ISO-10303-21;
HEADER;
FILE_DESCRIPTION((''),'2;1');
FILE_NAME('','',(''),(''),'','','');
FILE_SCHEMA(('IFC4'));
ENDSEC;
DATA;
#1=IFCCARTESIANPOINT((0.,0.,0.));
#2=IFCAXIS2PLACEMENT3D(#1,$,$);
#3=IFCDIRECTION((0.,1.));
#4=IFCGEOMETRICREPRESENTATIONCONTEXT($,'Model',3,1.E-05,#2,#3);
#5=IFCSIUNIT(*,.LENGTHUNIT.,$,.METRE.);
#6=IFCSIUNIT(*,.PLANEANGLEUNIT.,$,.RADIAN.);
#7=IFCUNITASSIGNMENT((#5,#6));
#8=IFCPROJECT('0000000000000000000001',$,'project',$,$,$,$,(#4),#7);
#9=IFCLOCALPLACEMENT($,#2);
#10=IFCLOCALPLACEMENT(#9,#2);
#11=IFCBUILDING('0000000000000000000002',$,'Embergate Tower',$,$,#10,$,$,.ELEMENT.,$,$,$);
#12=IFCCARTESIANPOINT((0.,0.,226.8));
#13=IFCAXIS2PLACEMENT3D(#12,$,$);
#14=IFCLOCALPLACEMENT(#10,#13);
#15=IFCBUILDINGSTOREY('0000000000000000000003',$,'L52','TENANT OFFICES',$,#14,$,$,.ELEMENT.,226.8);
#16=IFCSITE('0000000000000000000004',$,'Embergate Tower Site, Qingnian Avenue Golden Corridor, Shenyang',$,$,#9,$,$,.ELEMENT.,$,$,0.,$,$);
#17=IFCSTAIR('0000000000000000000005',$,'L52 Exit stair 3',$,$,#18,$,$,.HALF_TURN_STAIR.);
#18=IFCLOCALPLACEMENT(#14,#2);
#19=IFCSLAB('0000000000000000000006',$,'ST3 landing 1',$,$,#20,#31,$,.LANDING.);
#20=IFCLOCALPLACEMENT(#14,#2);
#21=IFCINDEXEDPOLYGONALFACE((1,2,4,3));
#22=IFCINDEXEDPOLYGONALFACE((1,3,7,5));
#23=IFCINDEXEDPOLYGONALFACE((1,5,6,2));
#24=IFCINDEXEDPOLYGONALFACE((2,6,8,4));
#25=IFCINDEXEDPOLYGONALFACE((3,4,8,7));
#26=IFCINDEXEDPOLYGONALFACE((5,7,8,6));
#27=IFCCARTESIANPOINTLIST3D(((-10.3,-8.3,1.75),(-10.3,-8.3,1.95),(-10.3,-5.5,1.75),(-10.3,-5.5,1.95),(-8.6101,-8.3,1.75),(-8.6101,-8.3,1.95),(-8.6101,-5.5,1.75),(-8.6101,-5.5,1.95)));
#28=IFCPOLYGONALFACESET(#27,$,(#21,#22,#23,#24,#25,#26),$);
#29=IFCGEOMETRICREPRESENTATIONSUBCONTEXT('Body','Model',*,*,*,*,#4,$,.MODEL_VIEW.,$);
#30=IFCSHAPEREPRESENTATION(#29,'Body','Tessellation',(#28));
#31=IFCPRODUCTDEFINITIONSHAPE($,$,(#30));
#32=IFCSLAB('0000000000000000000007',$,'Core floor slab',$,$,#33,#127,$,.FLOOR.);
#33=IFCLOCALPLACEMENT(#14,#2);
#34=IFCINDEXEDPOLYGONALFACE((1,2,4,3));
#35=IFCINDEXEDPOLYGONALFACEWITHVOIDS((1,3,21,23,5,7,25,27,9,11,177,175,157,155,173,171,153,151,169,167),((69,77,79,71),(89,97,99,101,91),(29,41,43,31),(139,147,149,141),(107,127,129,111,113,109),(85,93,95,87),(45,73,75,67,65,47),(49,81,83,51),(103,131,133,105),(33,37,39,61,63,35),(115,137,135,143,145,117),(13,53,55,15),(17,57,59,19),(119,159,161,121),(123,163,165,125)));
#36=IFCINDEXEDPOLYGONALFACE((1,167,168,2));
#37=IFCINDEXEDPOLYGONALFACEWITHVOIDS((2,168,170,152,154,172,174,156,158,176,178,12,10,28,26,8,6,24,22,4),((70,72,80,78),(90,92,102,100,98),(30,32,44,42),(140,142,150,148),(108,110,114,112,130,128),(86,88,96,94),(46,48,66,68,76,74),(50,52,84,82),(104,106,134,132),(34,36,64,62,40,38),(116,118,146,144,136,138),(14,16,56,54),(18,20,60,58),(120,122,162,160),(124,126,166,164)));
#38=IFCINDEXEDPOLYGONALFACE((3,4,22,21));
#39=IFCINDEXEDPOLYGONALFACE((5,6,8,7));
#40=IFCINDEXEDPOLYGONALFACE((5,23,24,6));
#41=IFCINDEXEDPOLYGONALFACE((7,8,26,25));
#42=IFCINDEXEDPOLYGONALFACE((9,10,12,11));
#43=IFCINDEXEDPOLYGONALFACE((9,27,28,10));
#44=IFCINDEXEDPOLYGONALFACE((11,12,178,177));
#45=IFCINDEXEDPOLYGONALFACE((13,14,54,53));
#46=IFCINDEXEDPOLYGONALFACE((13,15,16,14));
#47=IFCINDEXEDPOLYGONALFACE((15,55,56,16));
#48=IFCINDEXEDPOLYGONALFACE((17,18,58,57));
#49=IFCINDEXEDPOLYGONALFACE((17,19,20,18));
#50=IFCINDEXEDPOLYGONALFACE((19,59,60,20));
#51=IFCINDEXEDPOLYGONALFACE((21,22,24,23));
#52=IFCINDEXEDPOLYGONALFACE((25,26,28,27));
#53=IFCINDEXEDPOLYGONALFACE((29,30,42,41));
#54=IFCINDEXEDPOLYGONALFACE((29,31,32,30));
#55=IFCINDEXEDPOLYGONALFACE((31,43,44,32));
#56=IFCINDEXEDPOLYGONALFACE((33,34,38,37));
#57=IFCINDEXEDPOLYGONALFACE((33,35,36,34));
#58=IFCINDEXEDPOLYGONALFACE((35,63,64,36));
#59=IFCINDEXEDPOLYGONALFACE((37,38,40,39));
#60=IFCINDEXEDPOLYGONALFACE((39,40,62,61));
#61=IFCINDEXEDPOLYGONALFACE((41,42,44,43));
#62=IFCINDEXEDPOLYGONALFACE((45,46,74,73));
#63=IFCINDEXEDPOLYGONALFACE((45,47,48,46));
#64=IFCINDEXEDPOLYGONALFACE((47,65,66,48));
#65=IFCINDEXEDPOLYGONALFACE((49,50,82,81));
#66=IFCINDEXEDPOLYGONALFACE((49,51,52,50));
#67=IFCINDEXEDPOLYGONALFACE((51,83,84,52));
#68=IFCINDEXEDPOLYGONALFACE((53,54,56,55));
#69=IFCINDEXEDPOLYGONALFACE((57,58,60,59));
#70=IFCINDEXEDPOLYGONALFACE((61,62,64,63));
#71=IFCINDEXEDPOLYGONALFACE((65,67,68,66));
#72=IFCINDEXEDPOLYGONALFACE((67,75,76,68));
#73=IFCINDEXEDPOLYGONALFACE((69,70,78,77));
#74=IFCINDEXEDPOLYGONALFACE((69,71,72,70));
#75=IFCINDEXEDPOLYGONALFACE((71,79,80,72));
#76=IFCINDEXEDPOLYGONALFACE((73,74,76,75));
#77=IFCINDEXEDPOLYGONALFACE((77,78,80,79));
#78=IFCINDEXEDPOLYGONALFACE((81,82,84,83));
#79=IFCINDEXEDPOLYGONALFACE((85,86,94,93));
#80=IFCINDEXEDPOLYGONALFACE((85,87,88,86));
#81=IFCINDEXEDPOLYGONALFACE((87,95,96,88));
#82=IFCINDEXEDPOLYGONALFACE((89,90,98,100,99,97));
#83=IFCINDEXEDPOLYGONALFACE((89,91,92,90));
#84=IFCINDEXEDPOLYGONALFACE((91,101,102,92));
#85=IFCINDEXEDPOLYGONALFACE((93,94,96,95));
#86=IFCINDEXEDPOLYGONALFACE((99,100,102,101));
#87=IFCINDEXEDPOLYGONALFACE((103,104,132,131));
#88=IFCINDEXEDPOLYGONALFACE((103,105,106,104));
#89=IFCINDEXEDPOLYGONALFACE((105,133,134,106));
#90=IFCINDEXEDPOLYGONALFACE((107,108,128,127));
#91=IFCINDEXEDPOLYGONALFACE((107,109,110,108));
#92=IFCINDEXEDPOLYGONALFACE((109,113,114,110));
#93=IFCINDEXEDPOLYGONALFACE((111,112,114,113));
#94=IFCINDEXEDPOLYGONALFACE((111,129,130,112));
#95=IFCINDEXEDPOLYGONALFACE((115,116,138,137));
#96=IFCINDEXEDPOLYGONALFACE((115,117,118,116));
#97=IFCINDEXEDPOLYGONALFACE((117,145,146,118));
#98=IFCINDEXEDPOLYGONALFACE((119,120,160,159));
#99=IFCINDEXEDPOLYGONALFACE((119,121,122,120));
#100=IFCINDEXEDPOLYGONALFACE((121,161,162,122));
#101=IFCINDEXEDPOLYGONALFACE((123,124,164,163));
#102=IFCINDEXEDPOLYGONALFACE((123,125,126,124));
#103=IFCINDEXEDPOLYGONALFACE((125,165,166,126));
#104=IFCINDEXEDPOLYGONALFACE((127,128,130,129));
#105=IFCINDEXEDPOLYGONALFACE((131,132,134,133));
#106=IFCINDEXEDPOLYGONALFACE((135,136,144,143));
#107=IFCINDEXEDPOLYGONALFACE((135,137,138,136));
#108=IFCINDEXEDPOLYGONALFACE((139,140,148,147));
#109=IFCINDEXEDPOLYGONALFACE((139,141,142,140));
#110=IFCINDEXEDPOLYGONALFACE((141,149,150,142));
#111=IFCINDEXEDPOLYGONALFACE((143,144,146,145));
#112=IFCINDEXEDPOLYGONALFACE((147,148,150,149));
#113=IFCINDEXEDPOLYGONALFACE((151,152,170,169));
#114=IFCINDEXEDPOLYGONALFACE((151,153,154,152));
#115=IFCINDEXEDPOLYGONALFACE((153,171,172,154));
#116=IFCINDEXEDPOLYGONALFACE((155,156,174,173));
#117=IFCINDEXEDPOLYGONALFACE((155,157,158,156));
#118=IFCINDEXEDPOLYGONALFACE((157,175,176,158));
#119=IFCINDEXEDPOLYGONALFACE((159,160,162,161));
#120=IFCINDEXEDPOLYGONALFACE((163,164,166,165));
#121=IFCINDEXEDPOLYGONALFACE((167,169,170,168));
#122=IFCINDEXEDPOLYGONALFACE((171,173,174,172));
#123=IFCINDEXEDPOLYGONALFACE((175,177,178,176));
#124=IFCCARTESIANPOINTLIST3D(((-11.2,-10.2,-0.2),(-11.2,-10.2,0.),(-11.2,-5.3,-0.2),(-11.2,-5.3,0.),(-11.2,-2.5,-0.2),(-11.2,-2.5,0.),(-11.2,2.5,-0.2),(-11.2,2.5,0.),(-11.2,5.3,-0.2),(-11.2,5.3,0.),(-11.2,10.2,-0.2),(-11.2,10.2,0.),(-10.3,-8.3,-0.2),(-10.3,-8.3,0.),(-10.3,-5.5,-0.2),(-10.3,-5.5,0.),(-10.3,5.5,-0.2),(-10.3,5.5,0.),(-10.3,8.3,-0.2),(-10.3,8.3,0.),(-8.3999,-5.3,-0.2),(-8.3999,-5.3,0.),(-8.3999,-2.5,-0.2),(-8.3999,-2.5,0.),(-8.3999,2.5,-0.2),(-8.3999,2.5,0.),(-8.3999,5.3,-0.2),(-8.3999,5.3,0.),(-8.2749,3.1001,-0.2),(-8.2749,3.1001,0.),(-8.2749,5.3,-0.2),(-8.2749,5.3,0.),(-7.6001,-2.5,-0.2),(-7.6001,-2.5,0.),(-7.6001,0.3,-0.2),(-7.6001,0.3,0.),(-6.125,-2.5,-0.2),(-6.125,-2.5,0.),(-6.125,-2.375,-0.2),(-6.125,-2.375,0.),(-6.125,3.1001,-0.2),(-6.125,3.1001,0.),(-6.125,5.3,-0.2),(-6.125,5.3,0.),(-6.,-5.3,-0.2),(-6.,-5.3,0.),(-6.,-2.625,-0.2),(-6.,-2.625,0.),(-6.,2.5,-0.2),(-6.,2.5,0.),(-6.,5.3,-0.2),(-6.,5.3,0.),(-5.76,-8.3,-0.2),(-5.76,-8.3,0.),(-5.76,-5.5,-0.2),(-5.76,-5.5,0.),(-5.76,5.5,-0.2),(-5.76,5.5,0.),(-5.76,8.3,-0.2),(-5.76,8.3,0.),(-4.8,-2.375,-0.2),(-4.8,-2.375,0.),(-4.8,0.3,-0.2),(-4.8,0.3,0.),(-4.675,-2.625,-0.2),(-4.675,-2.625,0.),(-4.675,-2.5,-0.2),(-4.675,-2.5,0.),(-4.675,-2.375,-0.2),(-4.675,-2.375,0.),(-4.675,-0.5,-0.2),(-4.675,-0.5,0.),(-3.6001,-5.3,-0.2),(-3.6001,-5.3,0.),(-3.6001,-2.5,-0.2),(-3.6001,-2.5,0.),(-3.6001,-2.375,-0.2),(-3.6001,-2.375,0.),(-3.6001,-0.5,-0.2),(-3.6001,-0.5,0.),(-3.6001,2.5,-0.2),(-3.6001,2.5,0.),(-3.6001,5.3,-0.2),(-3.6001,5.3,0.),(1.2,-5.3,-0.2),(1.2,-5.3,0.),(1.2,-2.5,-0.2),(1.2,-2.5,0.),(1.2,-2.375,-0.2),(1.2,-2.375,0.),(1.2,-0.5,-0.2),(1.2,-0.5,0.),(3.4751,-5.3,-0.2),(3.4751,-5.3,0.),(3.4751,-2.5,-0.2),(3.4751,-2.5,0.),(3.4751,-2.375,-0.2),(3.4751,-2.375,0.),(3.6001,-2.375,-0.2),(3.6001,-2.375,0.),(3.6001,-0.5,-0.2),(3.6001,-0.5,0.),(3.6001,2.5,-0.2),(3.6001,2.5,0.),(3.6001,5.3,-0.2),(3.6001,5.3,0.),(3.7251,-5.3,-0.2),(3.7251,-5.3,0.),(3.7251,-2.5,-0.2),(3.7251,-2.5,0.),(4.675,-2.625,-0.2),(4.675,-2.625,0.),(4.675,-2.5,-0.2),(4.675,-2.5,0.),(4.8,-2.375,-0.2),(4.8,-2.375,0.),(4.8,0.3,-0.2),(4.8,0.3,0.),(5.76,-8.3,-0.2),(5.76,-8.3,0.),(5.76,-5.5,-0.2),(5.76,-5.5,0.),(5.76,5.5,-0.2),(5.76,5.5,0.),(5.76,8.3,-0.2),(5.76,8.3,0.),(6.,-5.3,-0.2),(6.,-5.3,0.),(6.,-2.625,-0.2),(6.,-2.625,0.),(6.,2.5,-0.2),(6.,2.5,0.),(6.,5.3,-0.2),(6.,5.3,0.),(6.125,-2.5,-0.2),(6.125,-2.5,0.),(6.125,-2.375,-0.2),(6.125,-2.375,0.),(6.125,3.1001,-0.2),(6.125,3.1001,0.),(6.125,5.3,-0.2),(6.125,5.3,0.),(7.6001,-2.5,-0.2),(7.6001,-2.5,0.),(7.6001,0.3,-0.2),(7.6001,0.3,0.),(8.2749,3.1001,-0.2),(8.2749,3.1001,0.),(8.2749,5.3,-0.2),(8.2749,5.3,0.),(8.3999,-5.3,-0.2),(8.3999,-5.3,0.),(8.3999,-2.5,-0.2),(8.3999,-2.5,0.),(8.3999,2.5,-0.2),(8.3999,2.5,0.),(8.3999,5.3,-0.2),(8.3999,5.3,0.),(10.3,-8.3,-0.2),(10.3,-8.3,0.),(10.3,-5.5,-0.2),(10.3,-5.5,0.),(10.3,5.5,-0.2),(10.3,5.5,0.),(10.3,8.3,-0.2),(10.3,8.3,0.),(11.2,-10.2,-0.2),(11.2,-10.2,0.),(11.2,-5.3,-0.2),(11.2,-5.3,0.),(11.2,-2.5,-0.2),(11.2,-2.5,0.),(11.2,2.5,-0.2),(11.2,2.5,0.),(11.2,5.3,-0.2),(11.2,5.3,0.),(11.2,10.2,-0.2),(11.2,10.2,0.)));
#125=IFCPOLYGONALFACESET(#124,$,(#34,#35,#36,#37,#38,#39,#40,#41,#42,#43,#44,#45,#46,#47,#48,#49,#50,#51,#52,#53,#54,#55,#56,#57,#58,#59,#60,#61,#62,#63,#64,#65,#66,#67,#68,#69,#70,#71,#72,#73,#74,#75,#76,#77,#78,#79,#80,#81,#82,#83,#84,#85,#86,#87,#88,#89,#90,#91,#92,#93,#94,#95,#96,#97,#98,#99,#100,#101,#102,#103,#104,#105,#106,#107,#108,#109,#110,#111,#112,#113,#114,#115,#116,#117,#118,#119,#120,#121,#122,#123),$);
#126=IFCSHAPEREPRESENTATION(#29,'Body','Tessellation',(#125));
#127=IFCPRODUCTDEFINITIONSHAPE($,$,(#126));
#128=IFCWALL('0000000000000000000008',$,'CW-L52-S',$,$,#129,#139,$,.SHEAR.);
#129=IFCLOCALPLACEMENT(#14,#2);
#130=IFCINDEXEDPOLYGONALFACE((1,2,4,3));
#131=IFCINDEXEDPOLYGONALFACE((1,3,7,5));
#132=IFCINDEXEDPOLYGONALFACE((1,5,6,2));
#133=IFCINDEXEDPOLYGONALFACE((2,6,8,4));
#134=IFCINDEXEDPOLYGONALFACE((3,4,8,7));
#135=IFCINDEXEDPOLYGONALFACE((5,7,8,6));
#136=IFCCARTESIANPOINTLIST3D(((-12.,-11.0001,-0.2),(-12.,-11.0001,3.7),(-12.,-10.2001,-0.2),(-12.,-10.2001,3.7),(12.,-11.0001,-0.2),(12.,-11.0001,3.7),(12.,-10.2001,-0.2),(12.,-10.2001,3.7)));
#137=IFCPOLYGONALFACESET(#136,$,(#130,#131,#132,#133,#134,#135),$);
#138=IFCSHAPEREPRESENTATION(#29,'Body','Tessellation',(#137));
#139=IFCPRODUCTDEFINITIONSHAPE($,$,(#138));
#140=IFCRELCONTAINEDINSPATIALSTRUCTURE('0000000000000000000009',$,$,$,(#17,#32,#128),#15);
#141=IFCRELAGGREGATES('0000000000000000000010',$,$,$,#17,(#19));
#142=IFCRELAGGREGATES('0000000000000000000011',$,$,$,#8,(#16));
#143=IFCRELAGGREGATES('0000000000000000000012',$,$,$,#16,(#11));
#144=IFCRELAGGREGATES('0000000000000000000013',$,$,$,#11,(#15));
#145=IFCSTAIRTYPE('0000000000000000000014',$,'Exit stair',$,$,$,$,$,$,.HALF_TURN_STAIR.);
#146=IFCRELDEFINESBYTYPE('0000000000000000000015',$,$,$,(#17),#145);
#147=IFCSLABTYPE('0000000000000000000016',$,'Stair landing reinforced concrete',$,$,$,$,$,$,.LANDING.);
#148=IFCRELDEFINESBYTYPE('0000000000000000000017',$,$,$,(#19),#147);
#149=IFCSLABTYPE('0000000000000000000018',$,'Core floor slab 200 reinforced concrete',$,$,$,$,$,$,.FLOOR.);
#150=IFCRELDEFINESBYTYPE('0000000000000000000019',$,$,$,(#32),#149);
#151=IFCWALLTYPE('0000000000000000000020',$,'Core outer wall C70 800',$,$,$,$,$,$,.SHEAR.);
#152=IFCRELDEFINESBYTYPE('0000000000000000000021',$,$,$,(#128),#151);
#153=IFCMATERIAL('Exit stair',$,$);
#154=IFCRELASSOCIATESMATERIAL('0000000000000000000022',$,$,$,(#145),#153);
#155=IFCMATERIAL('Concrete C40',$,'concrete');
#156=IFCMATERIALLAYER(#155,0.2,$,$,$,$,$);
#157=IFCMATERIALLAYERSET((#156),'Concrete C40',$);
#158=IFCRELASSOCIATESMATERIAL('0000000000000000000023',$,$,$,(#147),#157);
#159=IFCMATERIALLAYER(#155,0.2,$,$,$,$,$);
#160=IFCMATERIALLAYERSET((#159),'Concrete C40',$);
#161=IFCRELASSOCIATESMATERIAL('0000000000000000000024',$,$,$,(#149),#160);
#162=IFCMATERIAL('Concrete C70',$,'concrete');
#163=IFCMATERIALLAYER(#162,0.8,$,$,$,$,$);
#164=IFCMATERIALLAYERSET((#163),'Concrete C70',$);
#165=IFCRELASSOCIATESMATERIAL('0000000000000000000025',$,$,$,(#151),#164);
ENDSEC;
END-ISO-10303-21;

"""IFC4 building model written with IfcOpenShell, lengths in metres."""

from ifc_helpers import new_model, si_unit, direction, frame, frame_2d, origin, place, context, subcontext, project, spatial, polyline, rectangle, outline, extrude, source, transform, mapped, material, layer, layer_set, type_object, element, aggregate, save


model = new_model("IFC4")

# Units and contexts
model_context = context("Model", 3, precision=1e-05, world=origin(), true_north=direction((0.0, 1.0)))
body_context = subcontext(model_context, "Body", "Model", "MODEL_VIEW")
ifc_project = project(units=[si_unit("LENGTHUNIT", "METRE"), si_unit("PLANEANGLEUNIT", "RADIAN")], contexts=[model_context])

# Site, building, storey
site_placement = place(None, origin())
site = spatial("IfcSite", under=ifc_project, at=site_placement, Name="Embergate Tower Site, Qingnian Avenue Golden Corridor, Shenyang", CompositionType="ELEMENT", RefElevation=0.0)
building_placement = place(site_placement, origin())
building = spatial("IfcBuilding", under=site, at=building_placement, Name="Embergate Tower", CompositionType="ELEMENT")
storey_placement = place(building_placement, frame((0.0, 0.0, 226.8)))
storey = spatial("IfcBuildingStorey", under=building, at=storey_placement, Name="L52", Description="TENANT OFFICES", CompositionType="ELEMENT", Elevation=226.8)

# Stair, slab
ifc_material_1 = material(Name="Exit stair")
stair_type = type_object("IfcStairType", Name="Exit stair", PredefinedType="HALF_TURN_STAIR", material=ifc_material_1)
stair_placement = place(storey_placement, origin())
stair = element("IfcStair", 1, at=stair_placement, inside=storey, type_object=stair_type, Name="L52 Exit stair 3", PredefinedType="HALF_TURN_STAIR")
ifc_material_2 = material(Name="Concrete C40", Category="concrete")
ifc_layer_1 = layer(ifc_material_2, 0.2)
ifc_layer_set_1 = layer_set([ifc_layer_1], Name="Concrete C40")
slab_type_1 = type_object("IfcSlabType", Name="Stair landing reinforced concrete", PredefinedType="LANDING", material=ifc_layer_set_1)
shared_shape_1 = source(origin(), body_context, "Body", "SweptSolid", [
    extrude(outline(polyline([(0.0, 0.0), (1.6899, 0.0), (1.6899, 2.8), (0.0, 2.8), (0.0, 0.0)])), origin(), (0.0, 0.0, 1.0), 0.2),
])
slab_1_placement = place(storey_placement, frame((-10.3, -8.3, 1.75)))
slab_1 = element("IfcSlab", 2, at=slab_1_placement, type_object=slab_type_1, Name="ST3 landing 1", PredefinedType="LANDING", context=body_context, shape_type="MappedRepresentation", body=[
    mapped(shared_shape_1, transform((0.0, 0.0, 0.0))),
])

# Slab
ifc_layer_2 = layer(ifc_material_2, 0.2)
ifc_layer_set_2 = layer_set([ifc_layer_2], Name="Concrete C40")
slab_type_2 = type_object("IfcSlabType", Name="Core floor slab 200 reinforced concrete", PredefinedType="FLOOR", material=ifc_layer_set_2)
shared_shape_2 = source(origin(), body_context, "Body", "SweptSolid", [
    extrude(outline(polyline([(0.0, 0.0), (22.3999, 0.0), (22.3999, 4.8999), (19.5999, 4.8999), (19.5999, 7.7), (22.3999, 7.7), (22.3999, 12.7), (19.5999, 12.7), (19.5999, 15.5), (22.3999, 15.5), (22.3999, 20.3999), (0.0, 20.3999), (0.0, 15.5), (2.8, 15.5), (2.8, 12.7), (0.0, 12.7), (0.0, 7.7), (2.8, 7.7), (2.8, 4.8999), (0.0, 4.8999), (0.0, 0.0)]), holes=[polyline([(0.8999, 1.8999), (0.8999, 4.7), (5.4399, 4.7), (5.4399, 1.8999), (0.8999, 1.8999)]), polyline([(16.96, 1.8999), (16.96, 4.7), (21.5, 4.7), (21.5, 1.8999), (16.96, 1.8999)]), polyline([(5.2, 4.8999), (5.2, 7.575), (6.5249, 7.575), (6.5249, 7.7), (7.5999, 7.7), (7.5999, 4.8999), (5.2, 4.8999)]), polyline([(12.3999, 4.8999), (12.3999, 7.7), (14.675, 7.7), (14.675, 4.8999), (12.3999, 4.8999)]), polyline([(14.925, 4.8999), (14.925, 7.7), (15.875, 7.7), (15.875, 7.575), (17.2, 7.575), (17.2, 4.8999), (14.925, 4.8999)]), polyline([(3.5999, 7.7), (3.5999, 10.5), (6.3999, 10.5), (6.3999, 7.825), (5.075, 7.825), (5.075, 7.7), (3.5999, 7.7)]), polyline([(17.325, 7.7), (17.325, 7.825), (16.0, 7.825), (16.0, 10.5), (18.8, 10.5), (18.8, 7.7), (17.325, 7.7)]), polyline([(6.5249, 7.825), (6.5249, 9.7), (7.5999, 9.7), (7.5999, 7.825), (6.5249, 7.825)]), polyline([(12.3999, 7.825), (12.3999, 9.7), (14.8, 9.7), (14.8, 7.825), (14.675, 7.825), (12.3999, 7.825)]), polyline([(5.2, 12.7), (5.2, 15.5), (7.5999, 15.5), (7.5999, 12.7), (5.2, 12.7)]), polyline([(14.8, 12.7), (14.8, 15.5), (17.2, 15.5), (17.2, 12.7), (14.8, 12.7)]), polyline([(2.925, 13.3), (2.925, 15.5), (5.075, 15.5), (5.075, 13.3), (2.925, 13.3)]), polyline([(17.325, 13.3), (17.325, 15.5), (19.4749, 15.5), (19.4749, 13.3), (17.325, 13.3)]), polyline([(0.8999, 15.7), (0.8999, 18.5), (5.4399, 18.5), (5.4399, 15.7), (0.8999, 15.7)]), polyline([(16.96, 15.7), (16.96, 18.5), (21.5, 18.5), (21.5, 15.7), (16.96, 15.7)])]), origin(), (0.0, 0.0, 1.0), 0.2),
])
slab_2_placement = place(storey_placement, frame((-11.2, -10.2, -0.2)))
element("IfcSlab", 3, at=slab_2_placement, inside=storey, type_object=slab_type_2, Name="Core floor slab", PredefinedType="FLOOR", context=body_context, shape_type="MappedRepresentation", body=[
    mapped(shared_shape_2, transform((0.0, 0.0, 0.0))),
])

# Wall
ifc_material_3 = material(Name="Concrete C70", Category="concrete")
ifc_layer_3 = layer(ifc_material_3, 0.8)
ifc_layer_set_3 = layer_set([ifc_layer_3], Name="Concrete C70")
wall_type_1 = type_object("IfcWallType", Name="Core outer wall C70 800", PredefinedType="SHEAR", material=ifc_layer_set_3)
shared_shape_3 = source(origin(), body_context, "Body", "SweptSolid", [
    extrude(rectangle(XDim=24.0, YDim=0.8, at=frame_2d((12.0, 0.0))), origin(), (0.0, 0.0, 1.0), 3.8999),
])
wall_1_placement = place(storey_placement, frame((-12.0, -10.6001, -0.2), z_axis=(0.0, 0.0, 1.0), x_axis=(1.0, 0.0, 0.0)))
element("IfcWall", 4, at=wall_1_placement, inside=storey, type_object=wall_type_1, Name="CW-L52-S", PredefinedType="SHEAR", context=body_context, shape_type="MappedRepresentation", body=[
    mapped(shared_shape_3, transform((0.0, 0.0, 0.0))),
])

aggregate(stair, [slab_1])

save(model, "model.ifc")
